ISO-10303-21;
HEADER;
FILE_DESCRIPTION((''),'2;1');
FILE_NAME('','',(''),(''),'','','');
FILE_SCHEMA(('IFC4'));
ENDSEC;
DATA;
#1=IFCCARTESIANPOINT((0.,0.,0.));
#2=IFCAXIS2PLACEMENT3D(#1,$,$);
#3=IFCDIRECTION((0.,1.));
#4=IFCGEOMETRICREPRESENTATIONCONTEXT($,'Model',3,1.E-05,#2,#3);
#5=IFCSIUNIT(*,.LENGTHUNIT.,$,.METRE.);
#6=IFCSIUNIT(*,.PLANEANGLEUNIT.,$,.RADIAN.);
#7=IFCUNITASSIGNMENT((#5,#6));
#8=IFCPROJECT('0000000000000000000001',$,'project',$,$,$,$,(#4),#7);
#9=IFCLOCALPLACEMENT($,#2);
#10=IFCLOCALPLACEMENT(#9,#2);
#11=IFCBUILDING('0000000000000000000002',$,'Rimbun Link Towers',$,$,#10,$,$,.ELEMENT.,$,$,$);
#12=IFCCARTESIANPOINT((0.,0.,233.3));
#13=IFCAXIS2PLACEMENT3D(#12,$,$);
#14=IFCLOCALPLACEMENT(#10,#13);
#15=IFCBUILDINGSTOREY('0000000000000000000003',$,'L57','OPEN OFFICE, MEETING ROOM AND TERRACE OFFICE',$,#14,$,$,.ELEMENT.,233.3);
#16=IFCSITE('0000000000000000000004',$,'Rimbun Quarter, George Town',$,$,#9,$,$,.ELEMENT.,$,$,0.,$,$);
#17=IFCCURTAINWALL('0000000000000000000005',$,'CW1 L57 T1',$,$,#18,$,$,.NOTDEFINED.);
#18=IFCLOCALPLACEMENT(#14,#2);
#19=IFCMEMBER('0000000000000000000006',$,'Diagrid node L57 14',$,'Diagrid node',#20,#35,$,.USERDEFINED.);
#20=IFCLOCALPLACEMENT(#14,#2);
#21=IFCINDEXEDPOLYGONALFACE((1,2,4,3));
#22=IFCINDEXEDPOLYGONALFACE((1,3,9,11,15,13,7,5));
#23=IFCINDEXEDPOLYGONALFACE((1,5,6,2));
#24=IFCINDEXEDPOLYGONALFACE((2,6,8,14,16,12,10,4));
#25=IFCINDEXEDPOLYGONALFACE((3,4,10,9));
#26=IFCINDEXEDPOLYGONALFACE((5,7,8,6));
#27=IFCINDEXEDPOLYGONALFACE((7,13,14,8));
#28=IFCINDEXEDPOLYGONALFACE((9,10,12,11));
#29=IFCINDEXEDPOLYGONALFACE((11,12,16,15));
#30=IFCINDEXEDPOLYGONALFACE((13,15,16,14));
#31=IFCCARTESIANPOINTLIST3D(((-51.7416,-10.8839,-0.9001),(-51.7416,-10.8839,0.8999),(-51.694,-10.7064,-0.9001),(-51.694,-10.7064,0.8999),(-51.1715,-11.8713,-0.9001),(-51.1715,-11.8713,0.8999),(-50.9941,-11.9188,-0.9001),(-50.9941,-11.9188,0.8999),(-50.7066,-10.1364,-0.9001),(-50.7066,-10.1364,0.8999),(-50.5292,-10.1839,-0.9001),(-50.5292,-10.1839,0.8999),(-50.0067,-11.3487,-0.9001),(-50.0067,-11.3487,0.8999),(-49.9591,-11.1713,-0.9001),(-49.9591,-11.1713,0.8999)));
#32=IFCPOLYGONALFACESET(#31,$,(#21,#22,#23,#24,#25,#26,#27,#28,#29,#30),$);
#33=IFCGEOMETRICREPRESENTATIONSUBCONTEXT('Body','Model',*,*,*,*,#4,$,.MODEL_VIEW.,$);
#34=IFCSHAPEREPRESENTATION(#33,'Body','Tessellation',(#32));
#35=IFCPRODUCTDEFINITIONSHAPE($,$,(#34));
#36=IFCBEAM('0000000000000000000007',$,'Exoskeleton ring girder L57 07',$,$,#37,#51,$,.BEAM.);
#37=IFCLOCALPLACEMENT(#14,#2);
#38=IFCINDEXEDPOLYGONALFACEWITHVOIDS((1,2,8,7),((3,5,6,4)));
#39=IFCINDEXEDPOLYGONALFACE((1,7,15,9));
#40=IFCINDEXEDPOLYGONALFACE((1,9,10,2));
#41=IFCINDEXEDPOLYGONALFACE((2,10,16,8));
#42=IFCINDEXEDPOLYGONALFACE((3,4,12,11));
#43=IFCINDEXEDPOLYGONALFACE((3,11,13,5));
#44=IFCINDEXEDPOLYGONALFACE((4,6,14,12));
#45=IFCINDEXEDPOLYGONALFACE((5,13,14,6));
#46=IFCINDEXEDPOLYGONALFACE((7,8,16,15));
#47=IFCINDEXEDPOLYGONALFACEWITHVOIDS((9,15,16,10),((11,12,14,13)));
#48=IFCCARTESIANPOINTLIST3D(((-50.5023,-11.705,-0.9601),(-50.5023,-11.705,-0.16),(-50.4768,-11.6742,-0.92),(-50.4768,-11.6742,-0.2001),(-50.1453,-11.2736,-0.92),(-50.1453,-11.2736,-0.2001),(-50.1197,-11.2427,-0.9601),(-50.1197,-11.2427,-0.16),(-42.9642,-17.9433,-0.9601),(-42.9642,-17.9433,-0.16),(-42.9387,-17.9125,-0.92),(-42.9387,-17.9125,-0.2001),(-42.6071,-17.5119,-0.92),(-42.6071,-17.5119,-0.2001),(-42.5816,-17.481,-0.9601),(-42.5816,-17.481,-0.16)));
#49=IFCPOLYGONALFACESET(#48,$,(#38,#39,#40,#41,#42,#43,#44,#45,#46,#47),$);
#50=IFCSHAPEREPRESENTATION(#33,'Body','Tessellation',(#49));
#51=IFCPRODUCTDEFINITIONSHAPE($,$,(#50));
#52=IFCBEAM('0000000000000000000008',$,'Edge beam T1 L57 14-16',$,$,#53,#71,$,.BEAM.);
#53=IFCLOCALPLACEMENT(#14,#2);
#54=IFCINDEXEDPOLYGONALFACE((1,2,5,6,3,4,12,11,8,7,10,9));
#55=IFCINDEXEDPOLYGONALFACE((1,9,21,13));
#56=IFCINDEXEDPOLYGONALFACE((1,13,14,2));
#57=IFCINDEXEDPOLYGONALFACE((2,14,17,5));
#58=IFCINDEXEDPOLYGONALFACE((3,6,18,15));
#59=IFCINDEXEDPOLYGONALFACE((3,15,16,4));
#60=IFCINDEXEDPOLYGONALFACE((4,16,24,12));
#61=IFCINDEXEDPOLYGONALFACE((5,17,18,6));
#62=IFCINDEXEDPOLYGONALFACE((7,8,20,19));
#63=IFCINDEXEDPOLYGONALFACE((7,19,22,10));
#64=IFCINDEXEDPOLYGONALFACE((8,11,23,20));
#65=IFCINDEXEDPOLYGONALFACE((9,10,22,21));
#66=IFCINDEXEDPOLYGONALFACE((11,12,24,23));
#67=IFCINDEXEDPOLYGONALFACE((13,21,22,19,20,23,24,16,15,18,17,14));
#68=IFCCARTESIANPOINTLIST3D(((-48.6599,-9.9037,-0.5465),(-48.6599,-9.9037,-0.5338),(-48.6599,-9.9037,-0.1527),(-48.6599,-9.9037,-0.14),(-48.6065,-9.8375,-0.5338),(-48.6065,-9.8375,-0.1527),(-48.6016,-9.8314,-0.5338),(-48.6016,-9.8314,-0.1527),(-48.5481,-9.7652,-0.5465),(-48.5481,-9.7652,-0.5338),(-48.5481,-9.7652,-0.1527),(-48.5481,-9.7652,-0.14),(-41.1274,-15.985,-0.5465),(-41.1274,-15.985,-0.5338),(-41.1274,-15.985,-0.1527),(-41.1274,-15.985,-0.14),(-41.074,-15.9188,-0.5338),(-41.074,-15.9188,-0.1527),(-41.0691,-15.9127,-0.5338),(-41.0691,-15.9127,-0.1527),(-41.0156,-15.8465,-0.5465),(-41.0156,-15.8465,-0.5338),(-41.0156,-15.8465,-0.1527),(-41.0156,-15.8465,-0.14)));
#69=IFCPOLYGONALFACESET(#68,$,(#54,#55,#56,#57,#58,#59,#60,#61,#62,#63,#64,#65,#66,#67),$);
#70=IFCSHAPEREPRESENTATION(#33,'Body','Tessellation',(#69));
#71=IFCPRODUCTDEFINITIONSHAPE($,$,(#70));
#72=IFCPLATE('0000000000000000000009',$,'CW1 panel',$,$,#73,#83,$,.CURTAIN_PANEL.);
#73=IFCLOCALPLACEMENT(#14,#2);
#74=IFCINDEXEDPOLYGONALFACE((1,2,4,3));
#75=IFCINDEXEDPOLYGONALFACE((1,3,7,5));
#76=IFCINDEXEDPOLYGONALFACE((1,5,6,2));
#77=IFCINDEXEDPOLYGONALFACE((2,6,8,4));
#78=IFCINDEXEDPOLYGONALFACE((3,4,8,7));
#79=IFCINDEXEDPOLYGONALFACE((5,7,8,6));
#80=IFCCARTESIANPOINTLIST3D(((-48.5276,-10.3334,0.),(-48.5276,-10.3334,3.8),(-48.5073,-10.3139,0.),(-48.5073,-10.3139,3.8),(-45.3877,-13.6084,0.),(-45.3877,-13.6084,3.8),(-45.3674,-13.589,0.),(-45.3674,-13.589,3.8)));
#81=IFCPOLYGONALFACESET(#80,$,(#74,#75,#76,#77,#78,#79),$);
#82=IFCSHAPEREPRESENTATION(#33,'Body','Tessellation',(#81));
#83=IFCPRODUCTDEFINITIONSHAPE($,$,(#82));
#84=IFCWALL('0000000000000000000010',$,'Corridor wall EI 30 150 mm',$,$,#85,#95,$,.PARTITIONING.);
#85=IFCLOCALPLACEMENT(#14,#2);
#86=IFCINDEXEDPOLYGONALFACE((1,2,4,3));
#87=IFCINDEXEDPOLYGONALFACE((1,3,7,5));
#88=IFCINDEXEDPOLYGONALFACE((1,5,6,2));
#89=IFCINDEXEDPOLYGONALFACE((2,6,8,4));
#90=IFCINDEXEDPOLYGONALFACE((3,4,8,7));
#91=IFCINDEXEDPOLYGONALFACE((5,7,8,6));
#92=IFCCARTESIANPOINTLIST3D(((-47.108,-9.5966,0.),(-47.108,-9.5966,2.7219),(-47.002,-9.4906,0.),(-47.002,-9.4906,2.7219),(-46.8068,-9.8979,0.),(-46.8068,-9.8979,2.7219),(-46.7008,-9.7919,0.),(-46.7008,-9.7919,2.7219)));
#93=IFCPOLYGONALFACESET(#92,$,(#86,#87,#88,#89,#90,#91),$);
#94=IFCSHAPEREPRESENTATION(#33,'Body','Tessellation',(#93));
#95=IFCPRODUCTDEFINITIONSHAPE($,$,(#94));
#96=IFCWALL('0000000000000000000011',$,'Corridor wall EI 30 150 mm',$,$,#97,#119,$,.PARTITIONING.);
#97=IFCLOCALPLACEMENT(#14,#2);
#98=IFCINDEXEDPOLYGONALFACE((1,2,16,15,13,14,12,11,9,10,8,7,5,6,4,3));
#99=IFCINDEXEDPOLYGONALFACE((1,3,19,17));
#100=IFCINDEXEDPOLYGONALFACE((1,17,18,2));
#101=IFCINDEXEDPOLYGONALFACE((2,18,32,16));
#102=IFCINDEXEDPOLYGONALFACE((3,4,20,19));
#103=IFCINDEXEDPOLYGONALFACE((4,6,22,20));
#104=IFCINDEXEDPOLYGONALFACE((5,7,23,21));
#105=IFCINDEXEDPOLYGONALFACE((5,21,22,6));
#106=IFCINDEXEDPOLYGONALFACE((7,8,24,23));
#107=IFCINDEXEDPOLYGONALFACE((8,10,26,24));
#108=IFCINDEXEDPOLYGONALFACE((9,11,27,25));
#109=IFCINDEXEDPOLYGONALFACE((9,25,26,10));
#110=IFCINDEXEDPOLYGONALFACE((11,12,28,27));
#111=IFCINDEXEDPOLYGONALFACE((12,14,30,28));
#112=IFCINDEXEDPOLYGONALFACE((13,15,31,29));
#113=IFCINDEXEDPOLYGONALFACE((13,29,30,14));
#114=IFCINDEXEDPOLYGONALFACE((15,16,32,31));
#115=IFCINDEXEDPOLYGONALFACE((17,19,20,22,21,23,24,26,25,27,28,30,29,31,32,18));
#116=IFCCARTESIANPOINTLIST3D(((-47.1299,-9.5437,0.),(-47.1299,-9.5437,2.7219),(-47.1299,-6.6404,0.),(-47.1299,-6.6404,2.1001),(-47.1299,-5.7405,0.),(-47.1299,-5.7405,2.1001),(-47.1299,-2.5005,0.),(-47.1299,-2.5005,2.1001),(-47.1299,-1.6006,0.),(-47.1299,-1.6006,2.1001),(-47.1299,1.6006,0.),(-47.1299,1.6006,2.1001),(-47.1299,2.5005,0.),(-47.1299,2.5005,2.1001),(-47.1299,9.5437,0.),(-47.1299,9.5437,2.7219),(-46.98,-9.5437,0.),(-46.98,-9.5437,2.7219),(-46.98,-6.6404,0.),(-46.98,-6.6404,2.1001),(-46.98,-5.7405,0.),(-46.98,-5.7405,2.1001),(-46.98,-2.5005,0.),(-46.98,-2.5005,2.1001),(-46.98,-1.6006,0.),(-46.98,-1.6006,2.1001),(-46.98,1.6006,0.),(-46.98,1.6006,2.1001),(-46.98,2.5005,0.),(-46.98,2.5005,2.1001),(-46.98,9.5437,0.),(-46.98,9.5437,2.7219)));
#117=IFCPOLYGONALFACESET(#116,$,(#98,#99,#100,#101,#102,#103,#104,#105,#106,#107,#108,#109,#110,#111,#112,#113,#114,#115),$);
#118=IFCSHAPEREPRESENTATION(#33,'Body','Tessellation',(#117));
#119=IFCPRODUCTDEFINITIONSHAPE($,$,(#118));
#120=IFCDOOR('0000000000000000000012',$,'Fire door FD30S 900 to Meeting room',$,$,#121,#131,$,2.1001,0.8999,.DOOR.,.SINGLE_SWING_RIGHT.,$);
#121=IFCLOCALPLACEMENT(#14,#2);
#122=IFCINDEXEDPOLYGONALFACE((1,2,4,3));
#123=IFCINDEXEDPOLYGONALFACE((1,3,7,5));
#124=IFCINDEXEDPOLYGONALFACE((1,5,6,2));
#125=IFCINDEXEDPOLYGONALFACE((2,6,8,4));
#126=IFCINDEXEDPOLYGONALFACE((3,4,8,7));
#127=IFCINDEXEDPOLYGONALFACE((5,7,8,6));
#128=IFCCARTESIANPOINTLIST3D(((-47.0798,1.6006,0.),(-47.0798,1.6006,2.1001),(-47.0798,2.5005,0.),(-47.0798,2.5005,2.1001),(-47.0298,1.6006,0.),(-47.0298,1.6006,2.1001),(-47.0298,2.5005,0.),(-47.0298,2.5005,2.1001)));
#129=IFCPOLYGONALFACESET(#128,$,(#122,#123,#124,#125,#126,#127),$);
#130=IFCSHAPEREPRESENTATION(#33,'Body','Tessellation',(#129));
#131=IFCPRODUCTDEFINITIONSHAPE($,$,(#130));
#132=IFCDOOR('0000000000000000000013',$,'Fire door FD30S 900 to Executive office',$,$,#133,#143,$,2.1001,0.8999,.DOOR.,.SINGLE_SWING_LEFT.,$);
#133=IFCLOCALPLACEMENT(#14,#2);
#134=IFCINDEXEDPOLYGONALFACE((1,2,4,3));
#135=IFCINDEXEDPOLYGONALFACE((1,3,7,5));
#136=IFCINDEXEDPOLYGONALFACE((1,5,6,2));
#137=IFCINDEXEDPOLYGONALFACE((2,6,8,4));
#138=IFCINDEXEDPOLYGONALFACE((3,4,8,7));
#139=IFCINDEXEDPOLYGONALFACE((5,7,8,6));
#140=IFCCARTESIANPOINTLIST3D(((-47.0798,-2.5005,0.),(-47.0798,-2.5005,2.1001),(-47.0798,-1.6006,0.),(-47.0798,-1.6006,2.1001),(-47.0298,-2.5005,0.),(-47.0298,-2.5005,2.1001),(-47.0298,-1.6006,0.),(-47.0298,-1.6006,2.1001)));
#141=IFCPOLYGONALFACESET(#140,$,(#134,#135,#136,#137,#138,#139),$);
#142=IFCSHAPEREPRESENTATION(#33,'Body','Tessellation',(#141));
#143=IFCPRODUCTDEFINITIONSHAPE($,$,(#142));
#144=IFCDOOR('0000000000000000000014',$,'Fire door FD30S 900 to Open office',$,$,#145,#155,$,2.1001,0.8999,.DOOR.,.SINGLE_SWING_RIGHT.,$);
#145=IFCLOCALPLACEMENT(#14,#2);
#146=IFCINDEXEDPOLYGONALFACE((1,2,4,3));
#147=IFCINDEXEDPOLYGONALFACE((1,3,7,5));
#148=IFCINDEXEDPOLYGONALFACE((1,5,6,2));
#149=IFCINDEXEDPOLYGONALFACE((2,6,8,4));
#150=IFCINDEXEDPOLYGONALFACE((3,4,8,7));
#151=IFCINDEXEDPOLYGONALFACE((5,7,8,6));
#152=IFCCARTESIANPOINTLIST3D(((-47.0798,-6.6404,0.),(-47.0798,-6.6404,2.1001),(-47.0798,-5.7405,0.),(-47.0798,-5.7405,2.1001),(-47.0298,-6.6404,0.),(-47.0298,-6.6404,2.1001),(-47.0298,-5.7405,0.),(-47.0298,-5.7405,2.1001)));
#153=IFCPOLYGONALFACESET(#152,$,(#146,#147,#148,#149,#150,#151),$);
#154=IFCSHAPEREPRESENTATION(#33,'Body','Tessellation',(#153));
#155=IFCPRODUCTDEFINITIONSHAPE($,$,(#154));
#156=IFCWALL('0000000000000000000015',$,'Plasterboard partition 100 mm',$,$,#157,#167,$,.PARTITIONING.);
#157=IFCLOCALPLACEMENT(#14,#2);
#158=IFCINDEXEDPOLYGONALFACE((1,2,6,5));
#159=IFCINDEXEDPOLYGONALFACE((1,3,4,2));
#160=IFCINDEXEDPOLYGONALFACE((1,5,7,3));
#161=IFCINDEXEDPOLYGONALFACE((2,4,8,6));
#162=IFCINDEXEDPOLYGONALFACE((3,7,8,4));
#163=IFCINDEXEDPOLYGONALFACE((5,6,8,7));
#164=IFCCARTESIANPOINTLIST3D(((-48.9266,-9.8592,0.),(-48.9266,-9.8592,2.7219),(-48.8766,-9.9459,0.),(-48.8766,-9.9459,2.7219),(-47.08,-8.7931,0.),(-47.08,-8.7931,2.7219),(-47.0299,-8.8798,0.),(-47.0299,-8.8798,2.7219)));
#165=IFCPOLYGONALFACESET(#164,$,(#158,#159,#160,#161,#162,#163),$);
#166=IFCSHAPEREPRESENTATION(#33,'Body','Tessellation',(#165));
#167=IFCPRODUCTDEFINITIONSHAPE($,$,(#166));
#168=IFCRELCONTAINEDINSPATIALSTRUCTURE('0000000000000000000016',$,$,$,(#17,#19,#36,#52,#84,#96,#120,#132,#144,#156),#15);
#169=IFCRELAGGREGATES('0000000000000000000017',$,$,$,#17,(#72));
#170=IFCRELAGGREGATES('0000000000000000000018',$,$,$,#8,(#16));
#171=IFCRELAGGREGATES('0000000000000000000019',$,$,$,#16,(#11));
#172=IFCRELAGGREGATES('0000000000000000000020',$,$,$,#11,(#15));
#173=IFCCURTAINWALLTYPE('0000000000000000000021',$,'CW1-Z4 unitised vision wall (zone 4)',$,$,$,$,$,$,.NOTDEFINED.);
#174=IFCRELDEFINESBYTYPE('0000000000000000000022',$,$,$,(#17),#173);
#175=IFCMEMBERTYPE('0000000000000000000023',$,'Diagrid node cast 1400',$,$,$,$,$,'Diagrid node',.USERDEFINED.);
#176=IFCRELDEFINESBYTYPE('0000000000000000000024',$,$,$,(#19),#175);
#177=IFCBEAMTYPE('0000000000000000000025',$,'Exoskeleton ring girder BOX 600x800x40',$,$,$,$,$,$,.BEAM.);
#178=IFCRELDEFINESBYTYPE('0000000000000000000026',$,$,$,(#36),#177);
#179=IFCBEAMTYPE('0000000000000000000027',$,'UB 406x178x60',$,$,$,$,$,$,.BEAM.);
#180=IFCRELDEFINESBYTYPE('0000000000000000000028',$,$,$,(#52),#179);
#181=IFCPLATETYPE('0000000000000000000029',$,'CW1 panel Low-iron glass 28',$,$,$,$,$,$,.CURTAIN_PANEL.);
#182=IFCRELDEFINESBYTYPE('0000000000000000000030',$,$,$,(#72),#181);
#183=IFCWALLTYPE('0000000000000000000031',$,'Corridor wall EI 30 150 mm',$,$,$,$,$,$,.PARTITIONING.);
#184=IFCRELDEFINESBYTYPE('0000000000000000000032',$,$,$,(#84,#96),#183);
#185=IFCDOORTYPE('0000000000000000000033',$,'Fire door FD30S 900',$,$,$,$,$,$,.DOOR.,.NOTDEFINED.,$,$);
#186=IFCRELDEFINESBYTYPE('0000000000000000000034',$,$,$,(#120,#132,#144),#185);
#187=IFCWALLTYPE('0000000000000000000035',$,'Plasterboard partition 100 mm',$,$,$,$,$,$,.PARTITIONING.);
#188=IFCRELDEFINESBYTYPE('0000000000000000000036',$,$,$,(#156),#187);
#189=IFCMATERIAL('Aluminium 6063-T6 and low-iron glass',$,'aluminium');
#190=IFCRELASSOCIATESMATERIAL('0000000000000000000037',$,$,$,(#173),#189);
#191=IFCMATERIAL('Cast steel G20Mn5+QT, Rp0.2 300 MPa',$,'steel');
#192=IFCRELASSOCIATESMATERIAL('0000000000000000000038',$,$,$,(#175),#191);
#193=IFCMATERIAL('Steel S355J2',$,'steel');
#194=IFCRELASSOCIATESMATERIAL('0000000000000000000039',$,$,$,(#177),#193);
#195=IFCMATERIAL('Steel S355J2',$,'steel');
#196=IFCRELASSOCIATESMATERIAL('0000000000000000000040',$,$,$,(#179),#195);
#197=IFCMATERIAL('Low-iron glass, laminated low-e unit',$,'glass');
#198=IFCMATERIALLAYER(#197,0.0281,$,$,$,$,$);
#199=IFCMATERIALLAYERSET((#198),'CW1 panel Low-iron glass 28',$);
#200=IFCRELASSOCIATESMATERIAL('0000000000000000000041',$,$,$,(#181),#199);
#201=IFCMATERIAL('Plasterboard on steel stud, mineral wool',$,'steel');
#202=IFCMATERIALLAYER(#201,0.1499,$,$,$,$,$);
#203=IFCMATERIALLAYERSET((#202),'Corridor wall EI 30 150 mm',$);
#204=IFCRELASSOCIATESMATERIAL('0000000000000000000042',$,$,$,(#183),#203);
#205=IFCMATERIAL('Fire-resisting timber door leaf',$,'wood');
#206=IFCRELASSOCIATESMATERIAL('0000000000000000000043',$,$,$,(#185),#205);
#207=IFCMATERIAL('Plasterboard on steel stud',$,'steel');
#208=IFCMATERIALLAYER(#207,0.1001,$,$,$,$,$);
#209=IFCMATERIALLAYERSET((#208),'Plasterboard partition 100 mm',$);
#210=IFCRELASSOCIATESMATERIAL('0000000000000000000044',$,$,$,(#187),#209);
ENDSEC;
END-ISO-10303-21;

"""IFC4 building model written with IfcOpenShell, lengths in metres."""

from ifc_helpers import new_model, si_unit, direction, frame, frame_2d, origin, origin_2d, place, context, subcontext, project, spatial, polyline, rectangle, hollow_rectangle, i_section, outline, extrude, material, layer, layer_set, material_profile, profile_set, type_object, element, fill, aggregate, save


model = new_model("IFC4")

# Units and contexts
model_context = context("Model", 3, precision=1e-05, world=origin(), true_north=direction((0.0, 1.0)))
body_context = subcontext(model_context, "Body", "Model", "MODEL_VIEW")
ifc_project = project(units=[si_unit("LENGTHUNIT", "METRE"), si_unit("PLANEANGLEUNIT", "RADIAN")], contexts=[model_context])

# Site, building, storey
site_placement = place(None, origin())
site = spatial("IfcSite", under=ifc_project, at=site_placement, Name="Rimbun Quarter, George Town", CompositionType="ELEMENT", RefElevation=0.0)
building_placement = place(site_placement, origin())
building = spatial("IfcBuilding", under=site, at=building_placement, Name="Rimbun Link Towers", CompositionType="ELEMENT")
storey_placement = place(building_placement, frame((0.0, 0.0, 233.3)))
storey = spatial("IfcBuildingStorey", under=building, at=storey_placement, Name="L57", Description="OPEN OFFICE, MEETING ROOM AND TERRACE OFFICE", CompositionType="ELEMENT", Elevation=233.3)

# Curtain wall
ifc_material_1 = material(Name="Aluminium 6063-T6 and low-iron glass", Category="aluminium")
curtain_wall_type = type_object("IfcCurtainWallType", Name="CW1-Z4 unitised vision wall (zone 4)", PredefinedType="NOTDEFINED", material=ifc_material_1)
curtain_wall_placement = place(storey_placement, origin())
curtain_wall = element("IfcCurtainWall", 1, at=curtain_wall_placement, inside=storey, type_object=curtain_wall_type, Name="CW1 L57 T1", PredefinedType="NOTDEFINED")

# Member
ifc_material_2 = material(Name="Cast steel G20Mn5+QT, Rp0.2 300 MPa", Category="steel")
ifc_material_profile_1 = material_profile(ifc_material_2, outline(polyline([(0.7, -0.5701), (0.7, 0.5701), (0.5701, 0.7), (-0.5701, 0.7), (-0.7, 0.5701), (-0.7, -0.5701), (-0.5701, -0.7), (0.5701, -0.7), (0.7, -0.5701)])), Name="NODE 1400x1400")
ifc_profile_set_1 = profile_set([ifc_material_profile_1], Name="Cast steel G20Mn5+QT, Rp0.2 300 MPa")
member_type_1 = type_object("IfcMemberType", Name="Diagrid node cast 1400", ElementType="Diagrid node", PredefinedType="USERDEFINED", material=ifc_profile_set_1)
member_1_placement = place(storey_placement, frame((-50.8503, -11.0276, -0.9001), z_axis=(0.0, 0.0, 1.0), x_axis=(-0.866025, -0.5, 0.0)))
element("IfcMember", 2, at=member_1_placement, inside=storey, type_object=member_type_1, Name="Diagrid node L57 14", ObjectType="Diagrid node", PredefinedType="USERDEFINED", context=body_context, shape_type="SweptSolid", body=[
    extrude(outline(polyline([(0.7, -0.5701), (0.7, 0.5701), (0.5701, 0.7), (-0.5701, 0.7), (-0.7, 0.5701), (-0.7, -0.5701), (-0.5701, -0.7), (0.5701, -0.7), (0.7, -0.5701)])), origin(), (0.0, 0.0, 1.0), 1.8),
])

# Beams
ifc_material_3 = material(Name="Steel S355J2", Category="steel")
ifc_material_profile_2 = material_profile(ifc_material_3, hollow_rectangle(XDim=0.6001, YDim=0.8, WallThickness=0.04, at=origin_2d()), Name="Exoskeleton ring girder BOX 600x800x40")
ifc_profile_set_2 = profile_set([ifc_material_profile_2], Name="Steel S355J2")
beam_type_1 = type_object("IfcBeamType", Name="Exoskeleton ring girder BOX 600x800x40", PredefinedType="BEAM", material=ifc_profile_set_2)
beam_1_placement = place(storey_placement, frame((-50.311, -11.4739, -0.5601), z_axis=(0.770401, -0.63756, 0.0), x_axis=(0.63756, 0.770401, 0.0)))
element("IfcBeam", 3, at=beam_1_placement, inside=storey, type_object=beam_type_1, Name="Exoskeleton ring girder L57 07", PredefinedType="BEAM", context=body_context, shape_type="SweptSolid", body=[
    extrude(hollow_rectangle(XDim=0.6001, YDim=0.8, WallThickness=0.04, at=origin_2d()), origin(), (0.0, 0.0, 1.0), 9.7847),
])
ifc_material_4 = material(Name="Steel S355J2", Category="steel")
ifc_material_profile_3 = material_profile(ifc_material_4, i_section(OverallWidth=0.178, OverallDepth=0.4065, WebThickness=0.0078, FlangeThickness=0.0127, at=origin_2d()), Name="UB 406x178x60")
ifc_profile_set_3 = profile_set([ifc_material_profile_3], Name="Steel S355J2")
beam_type_2 = type_object("IfcBeamType", Name="UB 406x178x60", PredefinedType="BEAM", material=ifc_profile_set_3)
beam_2_placement = place(storey_placement, frame((-48.604, -9.8345, -0.3433), z_axis=(0.778073, -0.628173, 0.0), x_axis=(0.628173, 0.778073, 0.0)))
element("IfcBeam", 4, at=beam_2_placement, inside=storey, type_object=beam_type_2, Name="Edge beam T1 L57 14-16", PredefinedType="BEAM", context=body_context, shape_type="SweptSolid", body=[
    extrude(i_section(OverallWidth=0.178, OverallDepth=0.4065, WebThickness=0.0078, FlangeThickness=0.0127, at=origin_2d()), origin(), (0.0, 0.0, 1.0), 9.6809),
])

# Plate
ifc_material_5 = material(Name="Low-iron glass, laminated low-e unit", Category="glass")
ifc_layer_1 = layer(ifc_material_5, 0.0281)
ifc_layer_set_1 = layer_set([ifc_layer_1], Name="CW1 panel Low-iron glass 28")
plate_type = type_object("IfcPlateType", Name="CW1 panel Low-iron glass 28", PredefinedType="CURTAIN_PANEL", material=ifc_layer_set_1)
plate_placement = place(storey_placement, frame((-46.9475, -11.9612, 0.0), z_axis=(0.0, 0.0, 1.0), x_axis=(-0.692058, 0.721842, 0.0)))
plate = element("IfcPlate", 5, at=plate_placement, type_object=plate_type, Name="CW1 panel", PredefinedType="CURTAIN_PANEL", context=body_context, shape_type="SweptSolid", body=[
    extrude(rectangle(XDim=4.5371, YDim=0.0281, at=origin_2d()), origin(), (0.0, 0.0, 1.0), 3.8),
])
aggregate(curtain_wall, [plate])

# Wall
ifc_material_6 = material(Name="Plasterboard on steel stud, mineral wool", Category="steel")
ifc_layer_2 = layer(ifc_material_6, 0.1499)
ifc_layer_set_2 = layer_set([ifc_layer_2], Name="Corridor wall EI 30 150 mm")
wall_type_1 = type_object("IfcWallType", Name="Corridor wall EI 30 150 mm", PredefinedType="PARTITIONING", material=ifc_layer_set_2)
wall_1_placement = place(storey_placement, frame((-47.0549, -9.5437, 0.0), z_axis=(0.0, 0.0, 1.0), x_axis=(0.707107, -0.707107, 0.0)))
element("IfcWall", 6, at=wall_1_placement, inside=storey, type_object=wall_type_1, Name="Corridor wall EI 30 150 mm", PredefinedType="PARTITIONING", context=body_context, shape_type="SweptSolid", body=[
    extrude(rectangle(XDim=0.426, YDim=0.1499, at=frame_2d((0.2129, 0.0))), origin(), (0.0, 0.0, 1.0), 2.7219),
])

# Wall, openings, doors
wall_2_placement = place(storey_placement, frame((-47.0549, -9.5437, 0.0), z_axis=(0.0, 0.0, 1.0), x_axis=(0.0, 1.0, 0.0)))
wall_2 = element("IfcWall", 7, at=wall_2_placement, inside=storey, type_object=wall_type_1, Name="Corridor wall EI 30 150 mm", PredefinedType="PARTITIONING", context=body_context, shape_type="SweptSolid", body=[
    extrude(rectangle(XDim=19.0874, YDim=0.1499, at=frame_2d((9.5437, 0.0))), origin(), (0.0, 0.0, 1.0), 2.7219),
])
opening_1_placement = place(wall_2_placement, frame((11.1443, 0.0, 0.0)))
opening_1 = element("IfcOpeningElement", 8, at=opening_1_placement, cuts=wall_2, PredefinedType="OPENING", context=body_context, shape_type="SweptSolid", body=[
    extrude(rectangle(XDim=0.8999, YDim=2.1001, at=frame_2d((0.45, 1.05))), frame((0.0, 0.085, 0.0), z_axis=(0.0, -1.0, 0.0), x_axis=(1.0, 0.0, 0.0)), (0.0, 0.0, 1.0), 0.1699),
])
opening_2_placement = place(wall_2_placement, frame((7.0432, 0.0, 0.0)))
opening_2 = element("IfcOpeningElement", 9, at=opening_2_placement, cuts=wall_2, PredefinedType="OPENING", context=body_context, shape_type="SweptSolid", body=[
    extrude(rectangle(XDim=0.8999, YDim=2.1001, at=frame_2d((0.45, 1.05))), frame((0.0, 0.085, 0.0), z_axis=(0.0, -1.0, 0.0), x_axis=(1.0, 0.0, 0.0)), (0.0, 0.0, 1.0), 0.1699),
])
opening_3_placement = place(wall_2_placement, frame((2.9033, 0.0, 0.0)))
opening_3 = element("IfcOpeningElement", 10, at=opening_3_placement, cuts=wall_2, PredefinedType="OPENING", context=body_context, shape_type="SweptSolid", body=[
    extrude(rectangle(XDim=0.8999, YDim=2.1001, at=frame_2d((0.45, 1.05))), frame((0.0, 0.085, 0.0), z_axis=(0.0, -1.0, 0.0), x_axis=(1.0, 0.0, 0.0)), (0.0, 0.0, 1.0), 0.1699),
])
ifc_material_7 = material(Name="Fire-resisting timber door leaf", Category="wood")
door_type = type_object("IfcDoorType", Name="Fire door FD30S 900", OperationType="NOTDEFINED", PredefinedType="DOOR", material=ifc_material_7)
door_1_placement = place(opening_1_placement, origin())
door_1 = element("IfcDoor", 11, at=door_1_placement, inside=storey, type_object=door_type, Name="Fire door FD30S 900 to Meeting room", OperationType="SINGLE_SWING_RIGHT", OverallHeight=2.1001, OverallWidth=0.8999, PredefinedType="DOOR", context=body_context, shape_type="SweptSolid", body=[
    extrude(rectangle(XDim=0.8999, YDim=2.1001, at=frame_2d((0.45, 1.05))), frame((0.0, 0.0249, 0.0), z_axis=(0.0, -1.0, 0.0), x_axis=(1.0, 0.0, 0.0)), (0.0, 0.0, 1.0), 0.05),
])
fill(opening_1, door_1)
door_2_placement = place(opening_2_placement, origin())
door_2 = element("IfcDoor", 12, at=door_2_placement, inside=storey, type_object=door_type, Name="Fire door FD30S 900 to Executive office", OperationType="SINGLE_SWING_LEFT", OverallHeight=2.1001, OverallWidth=0.8999, PredefinedType="DOOR", context=body_context, shape_type="SweptSolid", body=[
    extrude(rectangle(XDim=0.8999, YDim=2.1001, at=frame_2d((0.45, 1.05))), frame((0.0, 0.0249, 0.0), z_axis=(0.0, -1.0, 0.0), x_axis=(1.0, 0.0, 0.0)), (0.0, 0.0, 1.0), 0.05),
])
fill(opening_2, door_2)
door_3_placement = place(opening_3_placement, origin())
door_3 = element("IfcDoor", 13, at=door_3_placement, inside=storey, type_object=door_type, Name="Fire door FD30S 900 to Open office", OperationType="SINGLE_SWING_RIGHT", OverallHeight=2.1001, OverallWidth=0.8999, PredefinedType="DOOR", context=body_context, shape_type="SweptSolid", body=[
    extrude(rectangle(XDim=0.8999, YDim=2.1001, at=frame_2d((0.45, 1.05))), frame((0.0, 0.0249, 0.0), z_axis=(0.0, -1.0, 0.0), x_axis=(1.0, 0.0, 0.0)), (0.0, 0.0, 1.0), 0.05),
])
fill(opening_3, door_3)

# Wall
ifc_material_8 = material(Name="Plasterboard on steel stud", Category="steel")
ifc_layer_3 = layer(ifc_material_8, 0.1001)
ifc_layer_set_3 = layer_set([ifc_layer_3], Name="Plasterboard partition 100 mm")
wall_type_2 = type_object("IfcWallType", Name="Plasterboard partition 100 mm", PredefinedType="PARTITIONING", material=ifc_layer_set_3)
wall_3_placement = place(storey_placement, frame((-48.9016, -9.9026, 0.0), z_axis=(0.0, 0.0, 1.0), x_axis=(0.866029, 0.499993, 0.0)))
element("IfcWall", 14, at=wall_3_placement, inside=storey, type_object=wall_type_2, Name="Plasterboard partition 100 mm", PredefinedType="PARTITIONING", context=body_context, shape_type="SweptSolid", body=[
    extrude(rectangle(XDim=2.1323, YDim=0.1001, at=frame_2d((1.0662, 0.0))), origin(), (0.0, 0.0, 1.0), 2.7219),
])

save(model, "model.ifc")
